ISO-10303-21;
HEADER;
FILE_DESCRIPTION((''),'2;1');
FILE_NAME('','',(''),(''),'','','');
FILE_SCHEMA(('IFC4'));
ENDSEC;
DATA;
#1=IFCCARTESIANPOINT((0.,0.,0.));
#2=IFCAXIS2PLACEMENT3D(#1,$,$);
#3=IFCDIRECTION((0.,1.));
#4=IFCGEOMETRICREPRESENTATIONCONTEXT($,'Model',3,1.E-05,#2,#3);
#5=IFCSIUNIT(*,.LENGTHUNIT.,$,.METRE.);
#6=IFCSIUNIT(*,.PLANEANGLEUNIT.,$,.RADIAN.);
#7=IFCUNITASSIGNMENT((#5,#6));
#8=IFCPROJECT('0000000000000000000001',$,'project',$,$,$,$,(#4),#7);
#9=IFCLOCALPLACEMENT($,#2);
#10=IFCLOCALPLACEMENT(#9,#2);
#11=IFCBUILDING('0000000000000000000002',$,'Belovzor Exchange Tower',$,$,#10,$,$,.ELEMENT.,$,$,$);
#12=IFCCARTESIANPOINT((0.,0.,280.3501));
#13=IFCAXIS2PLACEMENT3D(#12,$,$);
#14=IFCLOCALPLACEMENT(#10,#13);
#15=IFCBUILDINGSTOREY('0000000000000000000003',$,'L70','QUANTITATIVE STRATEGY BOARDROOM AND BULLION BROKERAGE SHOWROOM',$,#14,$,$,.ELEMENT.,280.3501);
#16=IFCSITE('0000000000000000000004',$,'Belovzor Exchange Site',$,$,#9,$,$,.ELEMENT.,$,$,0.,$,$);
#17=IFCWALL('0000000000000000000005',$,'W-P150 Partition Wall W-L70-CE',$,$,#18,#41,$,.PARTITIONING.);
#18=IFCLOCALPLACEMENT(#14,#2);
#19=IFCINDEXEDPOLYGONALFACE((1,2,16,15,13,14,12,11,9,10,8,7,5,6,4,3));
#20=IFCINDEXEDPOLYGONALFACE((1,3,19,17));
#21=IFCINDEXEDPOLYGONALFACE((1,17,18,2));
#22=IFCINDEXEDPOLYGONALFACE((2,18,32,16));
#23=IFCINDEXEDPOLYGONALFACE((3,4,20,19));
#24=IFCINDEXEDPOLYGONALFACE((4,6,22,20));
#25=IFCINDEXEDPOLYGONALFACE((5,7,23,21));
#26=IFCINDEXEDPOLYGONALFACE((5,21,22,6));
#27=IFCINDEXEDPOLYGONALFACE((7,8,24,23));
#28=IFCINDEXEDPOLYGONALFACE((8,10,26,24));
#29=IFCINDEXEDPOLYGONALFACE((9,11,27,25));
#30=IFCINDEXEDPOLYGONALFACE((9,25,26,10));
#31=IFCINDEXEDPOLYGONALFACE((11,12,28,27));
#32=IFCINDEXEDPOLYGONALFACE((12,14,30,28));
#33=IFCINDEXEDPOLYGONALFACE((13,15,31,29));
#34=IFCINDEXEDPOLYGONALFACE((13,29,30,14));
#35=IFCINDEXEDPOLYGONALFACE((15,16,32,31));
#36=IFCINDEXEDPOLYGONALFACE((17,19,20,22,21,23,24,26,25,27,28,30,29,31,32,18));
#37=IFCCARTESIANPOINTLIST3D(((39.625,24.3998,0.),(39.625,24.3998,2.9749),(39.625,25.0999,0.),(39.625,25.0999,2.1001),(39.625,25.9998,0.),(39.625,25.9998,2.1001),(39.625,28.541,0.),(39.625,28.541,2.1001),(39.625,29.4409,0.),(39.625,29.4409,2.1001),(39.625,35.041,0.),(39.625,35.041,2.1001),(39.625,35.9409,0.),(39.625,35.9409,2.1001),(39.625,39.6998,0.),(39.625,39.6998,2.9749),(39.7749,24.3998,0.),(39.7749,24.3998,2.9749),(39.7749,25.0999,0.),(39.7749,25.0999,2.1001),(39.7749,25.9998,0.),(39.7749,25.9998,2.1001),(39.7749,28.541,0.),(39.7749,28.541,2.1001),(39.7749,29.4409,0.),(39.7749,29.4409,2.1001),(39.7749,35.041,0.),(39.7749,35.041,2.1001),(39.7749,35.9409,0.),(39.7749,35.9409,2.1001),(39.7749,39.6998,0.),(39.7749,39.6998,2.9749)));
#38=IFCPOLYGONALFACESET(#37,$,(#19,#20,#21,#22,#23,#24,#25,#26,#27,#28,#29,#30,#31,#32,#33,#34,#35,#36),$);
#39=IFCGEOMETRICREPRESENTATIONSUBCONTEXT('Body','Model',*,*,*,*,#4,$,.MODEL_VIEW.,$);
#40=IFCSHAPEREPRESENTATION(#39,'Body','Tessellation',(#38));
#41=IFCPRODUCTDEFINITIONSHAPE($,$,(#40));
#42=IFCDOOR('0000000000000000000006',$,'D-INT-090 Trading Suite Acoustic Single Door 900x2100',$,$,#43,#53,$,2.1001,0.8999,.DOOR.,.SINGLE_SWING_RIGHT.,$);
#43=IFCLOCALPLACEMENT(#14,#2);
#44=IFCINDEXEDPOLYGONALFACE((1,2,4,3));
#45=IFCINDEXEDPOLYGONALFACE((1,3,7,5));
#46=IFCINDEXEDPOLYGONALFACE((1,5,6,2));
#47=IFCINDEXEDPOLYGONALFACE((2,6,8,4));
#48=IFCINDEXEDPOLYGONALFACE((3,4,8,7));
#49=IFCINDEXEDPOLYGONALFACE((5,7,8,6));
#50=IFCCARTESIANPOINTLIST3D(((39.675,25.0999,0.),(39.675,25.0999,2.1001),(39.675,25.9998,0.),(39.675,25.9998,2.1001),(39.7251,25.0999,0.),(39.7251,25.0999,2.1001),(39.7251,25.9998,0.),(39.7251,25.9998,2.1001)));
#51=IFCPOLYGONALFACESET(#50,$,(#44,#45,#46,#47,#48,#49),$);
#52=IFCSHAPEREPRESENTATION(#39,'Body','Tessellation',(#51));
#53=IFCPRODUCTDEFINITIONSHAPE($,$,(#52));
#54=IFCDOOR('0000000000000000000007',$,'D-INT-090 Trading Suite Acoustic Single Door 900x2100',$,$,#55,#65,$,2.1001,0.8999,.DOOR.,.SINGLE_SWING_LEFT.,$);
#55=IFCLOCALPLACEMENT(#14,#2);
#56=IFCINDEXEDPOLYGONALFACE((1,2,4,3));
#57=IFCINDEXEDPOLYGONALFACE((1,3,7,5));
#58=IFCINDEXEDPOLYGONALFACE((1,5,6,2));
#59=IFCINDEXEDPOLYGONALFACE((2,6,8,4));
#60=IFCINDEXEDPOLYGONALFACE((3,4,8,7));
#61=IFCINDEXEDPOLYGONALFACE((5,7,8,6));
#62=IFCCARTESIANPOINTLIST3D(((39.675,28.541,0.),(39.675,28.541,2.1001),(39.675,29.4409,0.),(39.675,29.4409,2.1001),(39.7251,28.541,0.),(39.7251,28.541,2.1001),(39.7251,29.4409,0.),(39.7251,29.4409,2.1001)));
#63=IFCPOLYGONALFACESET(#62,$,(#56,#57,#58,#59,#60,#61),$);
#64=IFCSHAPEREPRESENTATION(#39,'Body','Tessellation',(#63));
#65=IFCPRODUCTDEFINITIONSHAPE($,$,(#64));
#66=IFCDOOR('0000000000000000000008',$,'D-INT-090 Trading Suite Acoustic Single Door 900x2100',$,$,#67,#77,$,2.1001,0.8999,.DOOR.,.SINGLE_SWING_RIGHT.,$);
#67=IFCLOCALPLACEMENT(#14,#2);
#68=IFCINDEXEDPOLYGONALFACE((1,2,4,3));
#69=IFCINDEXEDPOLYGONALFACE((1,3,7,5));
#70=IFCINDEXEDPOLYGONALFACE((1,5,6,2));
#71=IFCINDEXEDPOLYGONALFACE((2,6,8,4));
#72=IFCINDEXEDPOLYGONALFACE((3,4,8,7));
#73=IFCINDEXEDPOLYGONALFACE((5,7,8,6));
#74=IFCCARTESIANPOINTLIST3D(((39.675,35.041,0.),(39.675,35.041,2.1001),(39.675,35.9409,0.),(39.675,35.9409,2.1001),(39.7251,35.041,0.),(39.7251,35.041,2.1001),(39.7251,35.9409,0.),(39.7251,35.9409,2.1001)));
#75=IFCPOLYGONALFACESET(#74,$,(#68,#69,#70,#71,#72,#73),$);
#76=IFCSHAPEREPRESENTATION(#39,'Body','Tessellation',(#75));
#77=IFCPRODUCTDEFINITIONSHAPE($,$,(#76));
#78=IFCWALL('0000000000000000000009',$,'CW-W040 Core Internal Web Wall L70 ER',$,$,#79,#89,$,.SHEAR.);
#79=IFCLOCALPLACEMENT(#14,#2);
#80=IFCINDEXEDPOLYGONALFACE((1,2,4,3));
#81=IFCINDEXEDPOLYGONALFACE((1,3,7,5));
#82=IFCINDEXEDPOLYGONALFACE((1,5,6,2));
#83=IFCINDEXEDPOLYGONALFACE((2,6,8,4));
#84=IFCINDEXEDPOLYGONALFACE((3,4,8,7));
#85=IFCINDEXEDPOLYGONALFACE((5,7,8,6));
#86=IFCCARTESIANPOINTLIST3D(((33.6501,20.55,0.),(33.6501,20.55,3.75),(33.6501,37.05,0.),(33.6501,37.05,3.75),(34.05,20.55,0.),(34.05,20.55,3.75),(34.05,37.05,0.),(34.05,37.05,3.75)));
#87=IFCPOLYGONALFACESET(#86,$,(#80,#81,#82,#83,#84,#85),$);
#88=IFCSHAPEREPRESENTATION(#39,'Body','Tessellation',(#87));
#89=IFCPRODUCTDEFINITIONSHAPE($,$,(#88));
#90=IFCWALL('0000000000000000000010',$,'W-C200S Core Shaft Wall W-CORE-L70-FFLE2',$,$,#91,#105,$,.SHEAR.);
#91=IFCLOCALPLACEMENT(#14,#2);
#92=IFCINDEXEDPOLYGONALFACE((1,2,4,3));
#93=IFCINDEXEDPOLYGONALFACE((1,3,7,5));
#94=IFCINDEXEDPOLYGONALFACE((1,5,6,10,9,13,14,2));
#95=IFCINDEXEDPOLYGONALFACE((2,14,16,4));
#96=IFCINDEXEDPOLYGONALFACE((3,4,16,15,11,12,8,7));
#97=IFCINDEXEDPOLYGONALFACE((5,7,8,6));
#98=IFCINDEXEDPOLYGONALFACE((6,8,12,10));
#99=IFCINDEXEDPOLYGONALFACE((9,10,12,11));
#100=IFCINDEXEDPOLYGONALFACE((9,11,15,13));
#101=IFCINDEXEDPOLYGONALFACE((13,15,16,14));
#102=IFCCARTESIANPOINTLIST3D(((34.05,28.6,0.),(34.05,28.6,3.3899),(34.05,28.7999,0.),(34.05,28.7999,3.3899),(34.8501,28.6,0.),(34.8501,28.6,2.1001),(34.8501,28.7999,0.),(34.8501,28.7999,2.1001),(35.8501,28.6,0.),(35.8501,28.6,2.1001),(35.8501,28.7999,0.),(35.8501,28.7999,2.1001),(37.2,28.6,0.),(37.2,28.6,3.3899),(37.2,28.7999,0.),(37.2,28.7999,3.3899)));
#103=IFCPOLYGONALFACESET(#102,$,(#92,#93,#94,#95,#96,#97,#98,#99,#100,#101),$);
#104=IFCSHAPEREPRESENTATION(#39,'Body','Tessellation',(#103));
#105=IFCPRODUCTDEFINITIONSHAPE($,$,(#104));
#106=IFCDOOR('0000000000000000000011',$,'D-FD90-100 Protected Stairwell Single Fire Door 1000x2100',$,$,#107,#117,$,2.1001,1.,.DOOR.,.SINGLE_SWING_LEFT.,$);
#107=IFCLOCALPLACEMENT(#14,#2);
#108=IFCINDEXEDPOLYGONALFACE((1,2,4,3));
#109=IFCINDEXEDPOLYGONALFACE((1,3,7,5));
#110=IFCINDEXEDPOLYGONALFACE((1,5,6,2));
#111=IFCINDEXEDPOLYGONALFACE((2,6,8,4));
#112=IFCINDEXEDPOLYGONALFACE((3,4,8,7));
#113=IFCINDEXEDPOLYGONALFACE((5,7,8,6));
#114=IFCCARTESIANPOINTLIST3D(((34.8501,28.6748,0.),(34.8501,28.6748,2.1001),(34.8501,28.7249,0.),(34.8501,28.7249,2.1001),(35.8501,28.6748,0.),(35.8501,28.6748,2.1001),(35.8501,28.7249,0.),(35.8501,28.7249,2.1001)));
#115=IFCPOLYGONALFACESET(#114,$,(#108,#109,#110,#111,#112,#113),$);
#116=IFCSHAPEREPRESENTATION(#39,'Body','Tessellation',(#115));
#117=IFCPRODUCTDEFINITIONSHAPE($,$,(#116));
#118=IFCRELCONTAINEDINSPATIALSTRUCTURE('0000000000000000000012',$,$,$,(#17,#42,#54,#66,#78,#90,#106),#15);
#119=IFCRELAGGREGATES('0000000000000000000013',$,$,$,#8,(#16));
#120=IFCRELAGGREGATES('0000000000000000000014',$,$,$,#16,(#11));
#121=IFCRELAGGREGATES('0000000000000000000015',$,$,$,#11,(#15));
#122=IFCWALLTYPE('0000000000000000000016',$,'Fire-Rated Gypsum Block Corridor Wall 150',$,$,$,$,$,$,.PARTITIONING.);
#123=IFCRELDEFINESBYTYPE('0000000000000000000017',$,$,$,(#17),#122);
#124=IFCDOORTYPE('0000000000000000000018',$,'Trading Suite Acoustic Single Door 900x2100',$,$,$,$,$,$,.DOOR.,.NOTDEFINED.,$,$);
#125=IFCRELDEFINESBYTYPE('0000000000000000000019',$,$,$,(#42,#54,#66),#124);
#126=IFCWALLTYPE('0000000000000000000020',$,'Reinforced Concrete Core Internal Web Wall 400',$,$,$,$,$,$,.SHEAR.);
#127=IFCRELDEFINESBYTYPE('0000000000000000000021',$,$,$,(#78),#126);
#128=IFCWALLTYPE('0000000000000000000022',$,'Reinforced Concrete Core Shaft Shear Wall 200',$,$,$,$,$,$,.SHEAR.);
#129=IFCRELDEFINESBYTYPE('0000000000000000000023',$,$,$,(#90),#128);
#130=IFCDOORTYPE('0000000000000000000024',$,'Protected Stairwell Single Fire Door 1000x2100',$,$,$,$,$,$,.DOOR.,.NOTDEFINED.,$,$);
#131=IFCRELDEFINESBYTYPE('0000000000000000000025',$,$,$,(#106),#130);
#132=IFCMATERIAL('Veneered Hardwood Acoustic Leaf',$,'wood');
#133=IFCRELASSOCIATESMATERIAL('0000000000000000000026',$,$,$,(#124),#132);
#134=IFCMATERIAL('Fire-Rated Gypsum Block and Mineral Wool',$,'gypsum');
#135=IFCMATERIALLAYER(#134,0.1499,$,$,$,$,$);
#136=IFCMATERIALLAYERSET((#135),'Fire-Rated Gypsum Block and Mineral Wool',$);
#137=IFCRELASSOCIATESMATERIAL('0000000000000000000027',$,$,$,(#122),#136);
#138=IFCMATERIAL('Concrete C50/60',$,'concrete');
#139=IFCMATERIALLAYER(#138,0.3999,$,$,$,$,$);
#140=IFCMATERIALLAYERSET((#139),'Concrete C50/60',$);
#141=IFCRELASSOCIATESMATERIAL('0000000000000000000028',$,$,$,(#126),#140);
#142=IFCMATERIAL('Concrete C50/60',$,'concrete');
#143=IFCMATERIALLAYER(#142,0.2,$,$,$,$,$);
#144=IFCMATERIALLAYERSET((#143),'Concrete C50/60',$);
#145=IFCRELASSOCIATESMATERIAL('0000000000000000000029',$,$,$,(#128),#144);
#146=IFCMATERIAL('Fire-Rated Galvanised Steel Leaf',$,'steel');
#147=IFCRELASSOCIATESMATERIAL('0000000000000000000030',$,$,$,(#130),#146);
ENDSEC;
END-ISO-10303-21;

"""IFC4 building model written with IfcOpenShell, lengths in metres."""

from ifc_helpers import new_model, si_unit, direction, frame, frame_2d, origin, place, context, subcontext, project, spatial, rectangle, extrude, material, layer, layer_set, type_object, element, fill, save


model = new_model("IFC4")

# Units and contexts
model_context = context("Model", 3, precision=1e-05, world=origin(), true_north=direction((0.0, 1.0)))
body_context = subcontext(model_context, "Body", "Model", "MODEL_VIEW")
ifc_project = project(units=[si_unit("LENGTHUNIT", "METRE"), si_unit("PLANEANGLEUNIT", "RADIAN")], contexts=[model_context])

# Site, building, storey
site_placement = place(None, origin())
site = spatial("IfcSite", under=ifc_project, at=site_placement, Name="Belovzor Exchange Site", CompositionType="ELEMENT", RefElevation=0.0)
building_placement = place(site_placement, origin())
building = spatial("IfcBuilding", under=site, at=building_placement, Name="Belovzor Exchange Tower", CompositionType="ELEMENT")
storey_placement = place(building_placement, frame((0.0, 0.0, 280.3501)))
storey = spatial("IfcBuildingStorey", under=building, at=storey_placement, Name="L70", Description="QUANTITATIVE STRATEGY BOARDROOM AND BULLION BROKERAGE SHOWROOM", CompositionType="ELEMENT", Elevation=280.3501)

# Shared definitions
ifc_material_1 = material(Name="Veneered Hardwood Acoustic Leaf", Category="wood")
door_type_1 = type_object("IfcDoorType", Name="Trading Suite Acoustic Single Door 900x2100", OperationType="NOTDEFINED", PredefinedType="DOOR", material=ifc_material_1)

# Shared definitions
ifc_material_2 = material(Name="Fire-Rated Gypsum Block and Mineral Wool", Category="gypsum")
ifc_layer_1 = layer(ifc_material_2, 0.1499)
ifc_layer_set_1 = layer_set([ifc_layer_1], Name="Fire-Rated Gypsum Block and Mineral Wool")
wall_type_1 = type_object("IfcWallType", Name="Fire-Rated Gypsum Block Corridor Wall 150", PredefinedType="PARTITIONING", material=ifc_layer_set_1)

# Wall, openings, doors
wall_1_placement = place(storey_placement, frame((39.7, 24.3999, 0.0), z_axis=(0.0, 0.0, 1.0), x_axis=(0.0, 1.0, 0.0)))
wall_1 = element("IfcWall", 1, at=wall_1_placement, inside=storey, type_object=wall_type_1, Name="W-P150 Partition Wall W-L70-CE", PredefinedType="PARTITIONING", context=body_context, shape_type="SweptSolid", body=[
    extrude(rectangle(XDim=15.3, YDim=0.1499, at=frame_2d((7.6499, 0.0))), origin(), (0.0, 0.0, 1.0), 2.9749),
])
opening_1_placement = place(wall_1_placement, frame((0.7, 0.0, 0.0)))
opening_1 = element("IfcOpeningElement", 2, at=opening_1_placement, cuts=wall_1, PredefinedType="OPENING", context=body_context, shape_type="SweptSolid", body=[
    extrude(rectangle(XDim=0.8999, YDim=2.1001, at=frame_2d((0.45, 1.05))), frame((0.0, 0.085, 0.0), z_axis=(0.0, -1.0, 0.0), x_axis=(1.0, 0.0, 0.0)), (0.0, 0.0, 1.0), 0.1699),
])
opening_2_placement = place(wall_1_placement, frame((4.1411, 0.0, 0.0)))
opening_2 = element("IfcOpeningElement", 3, at=opening_2_placement, cuts=wall_1, PredefinedType="OPENING", context=body_context, shape_type="SweptSolid", body=[
    extrude(rectangle(XDim=0.8999, YDim=2.1001, at=frame_2d((0.45, 1.05))), frame((0.0, 0.085, 0.0), z_axis=(0.0, -1.0, 0.0), x_axis=(1.0, 0.0, 0.0)), (0.0, 0.0, 1.0), 0.1699),
])
opening_3_placement = place(wall_1_placement, frame((10.6411, 0.0, 0.0)))
opening_3 = element("IfcOpeningElement", 4, at=opening_3_placement, cuts=wall_1, PredefinedType="OPENING", context=body_context, shape_type="SweptSolid", body=[
    extrude(rectangle(XDim=0.8999, YDim=2.1001, at=frame_2d((0.45, 1.05))), frame((0.0, 0.085, 0.0), z_axis=(0.0, -1.0, 0.0), x_axis=(1.0, 0.0, 0.0)), (0.0, 0.0, 1.0), 0.1699),
])
door_1_placement = place(opening_1_placement, origin())
door_1 = element("IfcDoor", 5, at=door_1_placement, inside=storey, type_object=door_type_1, Name="D-INT-090 Trading Suite Acoustic Single Door 900x2100", OperationType="SINGLE_SWING_RIGHT", OverallHeight=2.1001, OverallWidth=0.8999, PredefinedType="DOOR", context=body_context, shape_type="SweptSolid", body=[
    extrude(rectangle(XDim=0.8999, YDim=2.1001, at=frame_2d((0.45, 1.05))), frame((0.0, 0.0249, 0.0), z_axis=(0.0, -1.0, 0.0), x_axis=(1.0, 0.0, 0.0)), (0.0, 0.0, 1.0), 0.05),
])
fill(opening_1, door_1)
door_2_placement = place(opening_2_placement, origin())
door_2 = element("IfcDoor", 6, at=door_2_placement, inside=storey, type_object=door_type_1, Name="D-INT-090 Trading Suite Acoustic Single Door 900x2100", OperationType="SINGLE_SWING_LEFT", OverallHeight=2.1001, OverallWidth=0.8999, PredefinedType="DOOR", context=body_context, shape_type="SweptSolid", body=[
    extrude(rectangle(XDim=0.8999, YDim=2.1001, at=frame_2d((0.45, 1.05))), frame((0.0, 0.0249, 0.0), z_axis=(0.0, -1.0, 0.0), x_axis=(1.0, 0.0, 0.0)), (0.0, 0.0, 1.0), 0.05),
])
fill(opening_2, door_2)
door_3_placement = place(opening_3_placement, origin())
door_3 = element("IfcDoor", 7, at=door_3_placement, inside=storey, type_object=door_type_1, Name="D-INT-090 Trading Suite Acoustic Single Door 900x2100", OperationType="SINGLE_SWING_RIGHT", OverallHeight=2.1001, OverallWidth=0.8999, PredefinedType="DOOR", context=body_context, shape_type="SweptSolid", body=[
    extrude(rectangle(XDim=0.8999, YDim=2.1001, at=frame_2d((0.45, 1.05))), frame((0.0, 0.0249, 0.0), z_axis=(0.0, -1.0, 0.0), x_axis=(1.0, 0.0, 0.0)), (0.0, 0.0, 1.0), 0.05),
])
fill(opening_3, door_3)

# Wall
ifc_material_3 = material(Name="Concrete C50/60", Category="concrete")
ifc_layer_2 = layer(ifc_material_3, 0.3999)
ifc_layer_set_2 = layer_set([ifc_layer_2], Name="Concrete C50/60")
wall_type_2 = type_object("IfcWallType", Name="Reinforced Concrete Core Internal Web Wall 400", PredefinedType="SHEAR", material=ifc_layer_set_2)
wall_2_placement = place(storey_placement, frame((33.8501, 20.55, 0.0), z_axis=(0.0, 0.0, 1.0), x_axis=(0.0, 1.0, 0.0)))
element("IfcWall", 8, at=wall_2_placement, inside=storey, type_object=wall_type_2, Name="CW-W040 Core Internal Web Wall L70 ER", PredefinedType="SHEAR", context=body_context, shape_type="SweptSolid", body=[
    extrude(rectangle(XDim=16.5, YDim=0.3999, at=frame_2d((8.25, 0.0))), origin(), (0.0, 0.0, 1.0), 3.75),
])

# Wall, opening, door
ifc_material_4 = material(Name="Concrete C50/60", Category="concrete")
ifc_layer_3 = layer(ifc_material_4, 0.2)
ifc_layer_set_3 = layer_set([ifc_layer_3], Name="Concrete C50/60")
wall_type_3 = type_object("IfcWallType", Name="Reinforced Concrete Core Shaft Shear Wall 200", PredefinedType="SHEAR", material=ifc_layer_set_3)
wall_3_placement = place(storey_placement, frame((34.05, 28.7, 0.0), z_axis=(0.0, 0.0, 1.0), x_axis=(1.0, 0.0, 0.0)))
wall_3 = element("IfcWall", 9, at=wall_3_placement, inside=storey, type_object=wall_type_3, Name="W-C200S Core Shaft Wall W-CORE-L70-FFLE2", PredefinedType="SHEAR", context=body_context, shape_type="SweptSolid", body=[
    extrude(rectangle(XDim=3.1499, YDim=0.2, at=frame_2d((1.575, 0.0))), origin(), (0.0, 0.0, 1.0), 3.3899),
])
opening_4_placement = place(wall_3_placement, frame((0.8, 0.0, 0.0)))
opening_4 = element("IfcOpeningElement", 10, at=opening_4_placement, cuts=wall_3, PredefinedType="OPENING", context=body_context, shape_type="SweptSolid", body=[
    extrude(rectangle(XDim=1.0, YDim=2.1001, at=frame_2d((0.5, 1.05))), frame((0.0, 0.1099, 0.0), z_axis=(0.0, -1.0, 0.0), x_axis=(1.0, 0.0, 0.0)), (0.0, 0.0, 1.0), 0.22),
])
ifc_material_5 = material(Name="Fire-Rated Galvanised Steel Leaf", Category="steel")
door_type_2 = type_object("IfcDoorType", Name="Protected Stairwell Single Fire Door 1000x2100", OperationType="NOTDEFINED", PredefinedType="DOOR", material=ifc_material_5)
door_4_placement = place(opening_4_placement, origin())
door_4 = element("IfcDoor", 11, at=door_4_placement, inside=storey, type_object=door_type_2, Name="D-FD90-100 Protected Stairwell Single Fire Door 1000x2100", OperationType="SINGLE_SWING_LEFT", OverallHeight=2.1001, OverallWidth=1.0, PredefinedType="DOOR", context=body_context, shape_type="SweptSolid", body=[
    extrude(rectangle(XDim=1.0, YDim=2.1001, at=frame_2d((0.5, 1.05))), frame((0.0, 0.0249, 0.0), z_axis=(0.0, -1.0, 0.0), x_axis=(1.0, 0.0, 0.0)), (0.0, 0.0, 1.0), 0.05),
])
fill(opening_4, door_4)

save(model, "model.ifc")
